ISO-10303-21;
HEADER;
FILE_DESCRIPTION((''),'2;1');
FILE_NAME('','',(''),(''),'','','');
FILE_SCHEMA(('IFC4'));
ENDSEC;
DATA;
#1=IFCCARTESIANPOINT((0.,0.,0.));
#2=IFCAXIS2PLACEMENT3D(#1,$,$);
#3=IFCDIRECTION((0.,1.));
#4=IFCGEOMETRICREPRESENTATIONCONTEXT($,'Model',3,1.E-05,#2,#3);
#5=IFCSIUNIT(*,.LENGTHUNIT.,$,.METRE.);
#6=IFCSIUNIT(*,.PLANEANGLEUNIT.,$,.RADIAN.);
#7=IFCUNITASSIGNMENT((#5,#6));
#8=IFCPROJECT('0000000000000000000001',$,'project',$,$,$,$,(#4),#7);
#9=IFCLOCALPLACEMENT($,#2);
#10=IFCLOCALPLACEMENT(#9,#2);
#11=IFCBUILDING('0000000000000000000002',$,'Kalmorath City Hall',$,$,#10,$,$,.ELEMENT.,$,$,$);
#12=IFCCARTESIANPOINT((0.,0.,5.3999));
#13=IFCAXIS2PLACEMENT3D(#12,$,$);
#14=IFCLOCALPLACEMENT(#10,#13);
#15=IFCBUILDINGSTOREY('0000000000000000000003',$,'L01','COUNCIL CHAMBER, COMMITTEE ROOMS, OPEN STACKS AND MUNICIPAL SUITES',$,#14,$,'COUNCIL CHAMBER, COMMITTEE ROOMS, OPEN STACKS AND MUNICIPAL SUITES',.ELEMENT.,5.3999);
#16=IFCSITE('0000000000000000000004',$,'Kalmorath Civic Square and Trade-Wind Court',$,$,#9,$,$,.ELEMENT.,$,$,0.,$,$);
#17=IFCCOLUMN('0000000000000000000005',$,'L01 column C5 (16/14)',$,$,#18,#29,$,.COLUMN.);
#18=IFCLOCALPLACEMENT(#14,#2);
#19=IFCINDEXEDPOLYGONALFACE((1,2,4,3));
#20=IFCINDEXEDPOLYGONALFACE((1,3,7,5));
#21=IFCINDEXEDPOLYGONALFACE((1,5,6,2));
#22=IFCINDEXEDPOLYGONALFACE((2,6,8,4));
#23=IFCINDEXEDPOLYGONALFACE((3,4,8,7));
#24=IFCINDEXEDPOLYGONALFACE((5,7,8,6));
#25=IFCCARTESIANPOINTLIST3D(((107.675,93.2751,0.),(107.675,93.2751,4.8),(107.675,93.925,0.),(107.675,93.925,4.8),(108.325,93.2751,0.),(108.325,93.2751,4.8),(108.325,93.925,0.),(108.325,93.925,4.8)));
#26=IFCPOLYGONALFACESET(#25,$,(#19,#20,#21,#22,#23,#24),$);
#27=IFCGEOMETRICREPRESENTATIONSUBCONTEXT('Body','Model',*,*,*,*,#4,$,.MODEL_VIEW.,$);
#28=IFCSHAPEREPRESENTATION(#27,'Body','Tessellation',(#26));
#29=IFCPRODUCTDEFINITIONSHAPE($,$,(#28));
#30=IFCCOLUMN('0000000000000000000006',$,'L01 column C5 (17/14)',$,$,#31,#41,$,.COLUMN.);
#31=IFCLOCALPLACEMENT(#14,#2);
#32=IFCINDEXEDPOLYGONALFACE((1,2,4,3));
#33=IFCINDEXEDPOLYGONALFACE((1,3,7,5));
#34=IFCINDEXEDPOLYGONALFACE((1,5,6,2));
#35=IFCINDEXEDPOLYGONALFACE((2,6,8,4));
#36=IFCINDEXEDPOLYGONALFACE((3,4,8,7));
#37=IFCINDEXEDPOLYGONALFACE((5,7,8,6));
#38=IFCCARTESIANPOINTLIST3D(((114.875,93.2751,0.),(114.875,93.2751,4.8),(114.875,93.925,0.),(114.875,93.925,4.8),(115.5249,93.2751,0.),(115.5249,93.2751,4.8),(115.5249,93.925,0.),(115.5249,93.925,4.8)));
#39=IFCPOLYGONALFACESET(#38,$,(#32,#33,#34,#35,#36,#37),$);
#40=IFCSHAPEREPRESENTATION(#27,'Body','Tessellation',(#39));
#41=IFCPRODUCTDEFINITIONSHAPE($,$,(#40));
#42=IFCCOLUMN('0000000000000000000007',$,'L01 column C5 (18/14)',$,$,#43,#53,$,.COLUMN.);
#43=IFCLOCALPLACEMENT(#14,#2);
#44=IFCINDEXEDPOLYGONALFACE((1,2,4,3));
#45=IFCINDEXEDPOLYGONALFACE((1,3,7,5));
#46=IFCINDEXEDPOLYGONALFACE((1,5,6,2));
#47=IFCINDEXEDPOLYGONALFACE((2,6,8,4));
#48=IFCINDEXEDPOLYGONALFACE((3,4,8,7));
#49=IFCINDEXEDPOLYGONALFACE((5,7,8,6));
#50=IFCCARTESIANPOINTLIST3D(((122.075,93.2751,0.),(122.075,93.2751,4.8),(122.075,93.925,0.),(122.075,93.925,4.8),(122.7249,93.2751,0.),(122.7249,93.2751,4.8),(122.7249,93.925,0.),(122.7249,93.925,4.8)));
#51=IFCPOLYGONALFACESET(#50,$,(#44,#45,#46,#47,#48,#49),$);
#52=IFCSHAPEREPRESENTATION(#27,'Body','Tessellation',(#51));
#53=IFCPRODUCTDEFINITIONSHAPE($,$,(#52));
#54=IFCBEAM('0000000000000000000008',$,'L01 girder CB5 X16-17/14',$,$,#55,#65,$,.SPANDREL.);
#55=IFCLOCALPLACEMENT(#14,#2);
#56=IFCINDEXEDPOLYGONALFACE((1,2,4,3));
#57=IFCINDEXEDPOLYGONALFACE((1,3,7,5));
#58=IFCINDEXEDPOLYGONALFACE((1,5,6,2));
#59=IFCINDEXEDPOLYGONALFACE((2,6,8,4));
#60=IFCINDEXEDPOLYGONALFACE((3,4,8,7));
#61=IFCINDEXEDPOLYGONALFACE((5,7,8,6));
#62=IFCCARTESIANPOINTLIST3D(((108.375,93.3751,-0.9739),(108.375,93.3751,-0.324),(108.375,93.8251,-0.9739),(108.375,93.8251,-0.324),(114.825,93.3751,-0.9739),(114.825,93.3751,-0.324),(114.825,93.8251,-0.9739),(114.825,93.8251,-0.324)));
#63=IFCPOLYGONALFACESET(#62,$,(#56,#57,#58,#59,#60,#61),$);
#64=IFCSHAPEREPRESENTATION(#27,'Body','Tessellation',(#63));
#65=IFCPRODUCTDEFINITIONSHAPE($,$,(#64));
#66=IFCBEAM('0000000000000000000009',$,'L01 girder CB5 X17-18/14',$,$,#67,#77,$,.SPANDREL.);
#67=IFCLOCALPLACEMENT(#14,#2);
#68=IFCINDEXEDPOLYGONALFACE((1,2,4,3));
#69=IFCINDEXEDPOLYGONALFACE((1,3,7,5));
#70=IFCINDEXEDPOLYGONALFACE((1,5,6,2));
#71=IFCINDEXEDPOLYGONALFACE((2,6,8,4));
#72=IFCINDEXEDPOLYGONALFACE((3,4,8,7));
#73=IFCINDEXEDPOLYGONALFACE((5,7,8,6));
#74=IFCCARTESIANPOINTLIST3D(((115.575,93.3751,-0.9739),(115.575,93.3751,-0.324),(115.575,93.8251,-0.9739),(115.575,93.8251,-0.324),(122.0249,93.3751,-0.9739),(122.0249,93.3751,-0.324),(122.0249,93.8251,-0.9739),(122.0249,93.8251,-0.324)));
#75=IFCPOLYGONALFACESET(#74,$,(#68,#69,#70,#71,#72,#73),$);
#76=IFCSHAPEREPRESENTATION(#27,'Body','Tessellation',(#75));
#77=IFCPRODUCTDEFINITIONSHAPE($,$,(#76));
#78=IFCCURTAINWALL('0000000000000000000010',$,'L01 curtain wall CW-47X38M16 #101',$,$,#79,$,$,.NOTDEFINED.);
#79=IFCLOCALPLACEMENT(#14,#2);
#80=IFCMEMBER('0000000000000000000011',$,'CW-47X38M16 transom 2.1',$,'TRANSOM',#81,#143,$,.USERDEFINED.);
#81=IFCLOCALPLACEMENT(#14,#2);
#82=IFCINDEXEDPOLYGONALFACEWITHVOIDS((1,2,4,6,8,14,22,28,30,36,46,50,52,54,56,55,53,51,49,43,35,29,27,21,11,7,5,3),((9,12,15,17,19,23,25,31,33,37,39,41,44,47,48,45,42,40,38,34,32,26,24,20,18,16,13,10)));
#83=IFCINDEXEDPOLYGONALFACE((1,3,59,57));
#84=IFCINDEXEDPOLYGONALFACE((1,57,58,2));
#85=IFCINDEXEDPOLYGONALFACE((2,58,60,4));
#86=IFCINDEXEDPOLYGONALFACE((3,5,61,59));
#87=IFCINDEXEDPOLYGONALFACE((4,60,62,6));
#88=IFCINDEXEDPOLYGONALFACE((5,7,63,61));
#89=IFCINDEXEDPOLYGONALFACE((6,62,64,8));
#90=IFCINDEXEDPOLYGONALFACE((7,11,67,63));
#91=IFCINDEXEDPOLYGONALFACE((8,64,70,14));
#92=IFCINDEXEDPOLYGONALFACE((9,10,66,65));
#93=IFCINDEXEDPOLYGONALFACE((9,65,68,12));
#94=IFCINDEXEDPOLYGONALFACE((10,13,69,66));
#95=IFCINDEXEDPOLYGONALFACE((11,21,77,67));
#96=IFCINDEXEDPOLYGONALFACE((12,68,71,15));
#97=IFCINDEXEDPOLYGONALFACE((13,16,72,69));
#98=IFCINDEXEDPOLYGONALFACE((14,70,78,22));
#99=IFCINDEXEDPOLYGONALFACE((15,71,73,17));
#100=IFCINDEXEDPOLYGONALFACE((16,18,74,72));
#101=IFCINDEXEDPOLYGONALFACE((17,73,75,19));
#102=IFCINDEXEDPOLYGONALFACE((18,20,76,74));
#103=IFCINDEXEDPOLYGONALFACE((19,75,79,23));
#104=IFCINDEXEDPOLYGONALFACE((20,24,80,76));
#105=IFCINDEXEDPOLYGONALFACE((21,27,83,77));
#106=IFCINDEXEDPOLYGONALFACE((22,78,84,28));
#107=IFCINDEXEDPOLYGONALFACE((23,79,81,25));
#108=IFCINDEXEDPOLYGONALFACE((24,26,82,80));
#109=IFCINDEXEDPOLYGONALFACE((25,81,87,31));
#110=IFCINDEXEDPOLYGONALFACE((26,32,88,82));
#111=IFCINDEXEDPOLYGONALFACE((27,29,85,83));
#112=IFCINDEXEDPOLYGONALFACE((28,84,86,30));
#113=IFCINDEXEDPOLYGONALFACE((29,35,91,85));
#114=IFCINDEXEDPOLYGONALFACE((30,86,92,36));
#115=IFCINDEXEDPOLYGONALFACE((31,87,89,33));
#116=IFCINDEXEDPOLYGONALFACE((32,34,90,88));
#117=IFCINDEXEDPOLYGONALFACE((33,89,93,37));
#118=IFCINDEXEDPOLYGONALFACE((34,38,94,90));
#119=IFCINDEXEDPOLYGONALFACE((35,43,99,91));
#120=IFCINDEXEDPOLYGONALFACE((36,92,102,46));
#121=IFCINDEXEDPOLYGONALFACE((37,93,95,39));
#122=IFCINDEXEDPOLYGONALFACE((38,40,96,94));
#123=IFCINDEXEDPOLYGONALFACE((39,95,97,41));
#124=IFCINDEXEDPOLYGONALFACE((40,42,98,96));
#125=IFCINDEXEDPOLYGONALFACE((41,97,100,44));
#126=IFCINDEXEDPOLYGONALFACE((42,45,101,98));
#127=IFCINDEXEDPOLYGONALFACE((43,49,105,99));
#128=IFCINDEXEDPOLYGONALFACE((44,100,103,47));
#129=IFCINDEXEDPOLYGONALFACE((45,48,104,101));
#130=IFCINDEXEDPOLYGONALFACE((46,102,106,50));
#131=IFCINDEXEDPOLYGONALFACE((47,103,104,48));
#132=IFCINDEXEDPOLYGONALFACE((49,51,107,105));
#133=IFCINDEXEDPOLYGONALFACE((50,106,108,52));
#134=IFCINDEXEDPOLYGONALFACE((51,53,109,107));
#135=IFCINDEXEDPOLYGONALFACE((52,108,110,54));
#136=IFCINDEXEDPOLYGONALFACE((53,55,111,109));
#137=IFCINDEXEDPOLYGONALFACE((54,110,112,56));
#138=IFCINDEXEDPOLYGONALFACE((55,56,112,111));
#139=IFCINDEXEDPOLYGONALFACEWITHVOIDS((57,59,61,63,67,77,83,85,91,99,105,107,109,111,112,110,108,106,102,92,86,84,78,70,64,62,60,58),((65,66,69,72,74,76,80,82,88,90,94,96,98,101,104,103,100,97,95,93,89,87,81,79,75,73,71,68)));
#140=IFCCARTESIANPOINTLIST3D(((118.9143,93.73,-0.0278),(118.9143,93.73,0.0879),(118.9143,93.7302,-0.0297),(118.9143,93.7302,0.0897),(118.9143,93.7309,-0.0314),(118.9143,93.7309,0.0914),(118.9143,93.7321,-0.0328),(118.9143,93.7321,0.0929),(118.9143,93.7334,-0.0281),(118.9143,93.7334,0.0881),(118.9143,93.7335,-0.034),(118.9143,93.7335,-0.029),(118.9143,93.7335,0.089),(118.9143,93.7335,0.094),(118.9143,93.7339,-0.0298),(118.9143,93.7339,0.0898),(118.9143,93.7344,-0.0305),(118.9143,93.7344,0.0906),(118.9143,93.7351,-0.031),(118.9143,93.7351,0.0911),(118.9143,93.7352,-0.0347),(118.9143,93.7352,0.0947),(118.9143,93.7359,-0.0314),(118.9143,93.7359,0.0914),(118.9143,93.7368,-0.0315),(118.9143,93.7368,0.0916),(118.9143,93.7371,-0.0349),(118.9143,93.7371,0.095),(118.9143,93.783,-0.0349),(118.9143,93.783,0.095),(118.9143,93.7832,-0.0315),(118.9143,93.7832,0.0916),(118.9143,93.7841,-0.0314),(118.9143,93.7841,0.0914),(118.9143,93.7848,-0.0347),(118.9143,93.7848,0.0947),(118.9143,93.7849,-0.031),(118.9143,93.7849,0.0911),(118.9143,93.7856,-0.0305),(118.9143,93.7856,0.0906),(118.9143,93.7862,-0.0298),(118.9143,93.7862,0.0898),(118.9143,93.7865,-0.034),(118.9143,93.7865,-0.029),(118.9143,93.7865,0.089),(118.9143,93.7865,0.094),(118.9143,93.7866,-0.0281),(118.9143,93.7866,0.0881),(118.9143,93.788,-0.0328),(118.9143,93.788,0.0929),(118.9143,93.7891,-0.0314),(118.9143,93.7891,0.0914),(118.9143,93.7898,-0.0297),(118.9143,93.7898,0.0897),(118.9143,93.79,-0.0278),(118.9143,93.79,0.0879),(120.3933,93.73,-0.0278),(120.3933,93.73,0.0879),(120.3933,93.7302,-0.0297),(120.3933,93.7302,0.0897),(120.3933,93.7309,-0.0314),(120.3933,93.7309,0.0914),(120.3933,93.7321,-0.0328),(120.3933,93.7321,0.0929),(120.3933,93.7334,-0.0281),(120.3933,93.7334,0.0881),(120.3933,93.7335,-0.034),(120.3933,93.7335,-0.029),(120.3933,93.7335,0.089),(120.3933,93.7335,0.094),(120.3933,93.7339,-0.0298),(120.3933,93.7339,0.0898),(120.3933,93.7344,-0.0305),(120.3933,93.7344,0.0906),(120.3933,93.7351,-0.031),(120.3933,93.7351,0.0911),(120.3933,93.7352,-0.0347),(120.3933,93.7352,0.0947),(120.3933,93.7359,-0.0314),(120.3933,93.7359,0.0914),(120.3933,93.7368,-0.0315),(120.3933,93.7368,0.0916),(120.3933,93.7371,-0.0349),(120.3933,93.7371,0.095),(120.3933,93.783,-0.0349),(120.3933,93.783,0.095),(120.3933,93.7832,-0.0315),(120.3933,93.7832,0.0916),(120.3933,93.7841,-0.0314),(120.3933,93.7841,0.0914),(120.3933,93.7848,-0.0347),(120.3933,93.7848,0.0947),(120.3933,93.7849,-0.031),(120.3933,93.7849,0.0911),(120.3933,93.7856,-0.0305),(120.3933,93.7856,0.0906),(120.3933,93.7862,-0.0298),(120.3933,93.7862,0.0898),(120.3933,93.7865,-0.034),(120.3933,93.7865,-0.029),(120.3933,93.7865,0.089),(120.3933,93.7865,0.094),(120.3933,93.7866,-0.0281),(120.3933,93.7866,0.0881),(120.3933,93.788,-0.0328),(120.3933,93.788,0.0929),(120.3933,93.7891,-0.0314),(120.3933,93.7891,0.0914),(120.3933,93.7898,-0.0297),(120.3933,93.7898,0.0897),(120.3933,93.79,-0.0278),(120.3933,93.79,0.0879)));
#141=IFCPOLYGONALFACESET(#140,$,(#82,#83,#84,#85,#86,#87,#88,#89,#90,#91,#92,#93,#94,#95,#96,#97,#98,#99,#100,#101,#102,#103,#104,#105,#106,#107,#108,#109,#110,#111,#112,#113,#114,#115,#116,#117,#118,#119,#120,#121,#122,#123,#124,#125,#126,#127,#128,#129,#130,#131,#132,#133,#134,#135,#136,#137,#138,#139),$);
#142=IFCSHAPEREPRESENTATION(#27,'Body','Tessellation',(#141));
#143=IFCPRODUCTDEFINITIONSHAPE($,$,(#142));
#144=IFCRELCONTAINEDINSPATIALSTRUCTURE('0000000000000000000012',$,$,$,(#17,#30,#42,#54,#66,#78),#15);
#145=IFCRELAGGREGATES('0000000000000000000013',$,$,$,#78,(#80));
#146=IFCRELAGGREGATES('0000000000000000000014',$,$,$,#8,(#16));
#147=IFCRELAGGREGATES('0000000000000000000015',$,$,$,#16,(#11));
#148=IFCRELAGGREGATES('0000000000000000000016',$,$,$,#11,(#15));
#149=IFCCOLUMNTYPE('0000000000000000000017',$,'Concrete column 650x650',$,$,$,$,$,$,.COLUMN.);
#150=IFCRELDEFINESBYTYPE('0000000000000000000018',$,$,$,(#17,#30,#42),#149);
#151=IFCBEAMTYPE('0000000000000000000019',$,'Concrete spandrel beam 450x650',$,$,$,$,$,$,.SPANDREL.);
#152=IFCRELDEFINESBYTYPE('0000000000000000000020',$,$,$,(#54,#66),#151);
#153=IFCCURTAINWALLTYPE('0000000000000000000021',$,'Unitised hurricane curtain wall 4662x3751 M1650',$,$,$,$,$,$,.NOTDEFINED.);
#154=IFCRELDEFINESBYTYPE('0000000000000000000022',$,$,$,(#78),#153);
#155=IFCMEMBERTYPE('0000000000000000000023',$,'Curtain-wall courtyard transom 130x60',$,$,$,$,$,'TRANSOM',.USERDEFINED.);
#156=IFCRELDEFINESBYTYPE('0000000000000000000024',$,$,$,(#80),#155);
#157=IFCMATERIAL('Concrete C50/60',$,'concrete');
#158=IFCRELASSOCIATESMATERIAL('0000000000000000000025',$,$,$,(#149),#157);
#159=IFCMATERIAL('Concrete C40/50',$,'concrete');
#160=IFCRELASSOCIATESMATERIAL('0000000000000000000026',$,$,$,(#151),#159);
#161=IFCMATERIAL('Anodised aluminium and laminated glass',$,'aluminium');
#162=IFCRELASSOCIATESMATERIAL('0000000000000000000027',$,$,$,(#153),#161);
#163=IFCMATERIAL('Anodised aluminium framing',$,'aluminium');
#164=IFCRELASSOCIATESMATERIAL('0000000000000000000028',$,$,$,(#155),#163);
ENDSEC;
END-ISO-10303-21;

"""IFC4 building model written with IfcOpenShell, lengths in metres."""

from ifc_helpers import new_model, si_unit, direction, frame, origin, origin_2d, place, context, subcontext, project, spatial, rectangle, hollow_rectangle, extrude, material, material_profile, profile_set, type_object, element, aggregate, save


model = new_model("IFC4")

# Units and contexts
model_context = context("Model", 3, precision=1e-05, world=origin(), true_north=direction((0.0, 1.0)))
body_context = subcontext(model_context, "Body", "Model", "MODEL_VIEW")
ifc_project = project(units=[si_unit("LENGTHUNIT", "METRE"), si_unit("PLANEANGLEUNIT", "RADIAN")], contexts=[model_context])

# Site, building, storey
site_placement = place(None, origin())
site = spatial("IfcSite", under=ifc_project, at=site_placement, Name="Kalmorath Civic Square and Trade-Wind Court", CompositionType="ELEMENT", RefElevation=0.0)
building_placement = place(site_placement, origin())
building = spatial("IfcBuilding", under=site, at=building_placement, Name="Kalmorath City Hall", CompositionType="ELEMENT")
storey_placement = place(building_placement, frame((0.0, 0.0, 5.3999)))
storey = spatial("IfcBuildingStorey", under=building, at=storey_placement, Name="L01", Description="COUNCIL CHAMBER, COMMITTEE ROOMS, OPEN STACKS AND MUNICIPAL SUITES", LongName="COUNCIL CHAMBER, COMMITTEE ROOMS, OPEN STACKS AND MUNICIPAL SUITES", CompositionType="ELEMENT", Elevation=5.3999)

# Columns
ifc_material_1 = material(Name="Concrete C50/60", Category="concrete")
ifc_material_profile_1 = material_profile(ifc_material_1, rectangle(XDim=0.6499, YDim=0.6499, at=origin_2d()), Name="RC-COL-650X650")
ifc_profile_set_1 = profile_set([ifc_material_profile_1], Name="Concrete C50/60")
column_type = type_object("IfcColumnType", Name="Concrete column 650x650", PredefinedType="COLUMN", material=ifc_profile_set_1)
for number, where, z_axis, x_axis, name in (
    (1, (108.0, 93.6001, 0.0), (0.0, 0.0, 1.0), (1.0, 0.0, 0.0), "L01 column C5 (16/14)"),
    (2, (115.2, 93.6001, 0.0), (0.0, 0.0, 1.0), (1.0, 0.0, 0.0), "L01 column C5 (17/14)"),
    (3, (122.3999, 93.6001, 0.0), (0.0, 0.0, 1.0), (1.0, 0.0, 0.0), "L01 column C5 (18/14)"),
):
    element("IfcColumn", number, at=place(storey_placement, frame(where, z_axis=z_axis, x_axis=x_axis)), inside=storey, type_object=column_type, Name=name, PredefinedType="COLUMN", context=body_context, shape_type="SweptSolid", body=[
        extrude(rectangle(XDim=0.6499, YDim=0.6499, at=origin_2d()), origin(), (0.0, 0.0, 1.0), 4.8),
    ])

# Beams
ifc_material_2 = material(Name="Concrete C40/50", Category="concrete")
ifc_material_profile_2 = material_profile(ifc_material_2, rectangle(XDim=0.45, YDim=0.6499, at=origin_2d()), Name="RC-BM-450X650")
ifc_profile_set_2 = profile_set([ifc_material_profile_2], Name="Concrete C40/50")
beam_type = type_object("IfcBeamType", Name="Concrete spandrel beam 450x650", PredefinedType="SPANDREL", material=ifc_profile_set_2)
for number, where, z_axis, x_axis, name in (
    (4, (108.375, 93.6001, -0.6489), (1.0, 0.0, 0.0), (0.0, 1.0, 0.0), "L01 girder CB5 X16-17/14"),
    (5, (115.575, 93.6001, -0.6489), (1.0, 0.0, 0.0), (0.0, 1.0, 0.0), "L01 girder CB5 X17-18/14"),
):
    element("IfcBeam", number, at=place(storey_placement, frame(where, z_axis=z_axis, x_axis=x_axis)), inside=storey, type_object=beam_type, Name=name, PredefinedType="SPANDREL", context=body_context, shape_type="SweptSolid", body=[
        extrude(rectangle(XDim=0.45, YDim=0.6499, at=origin_2d()), origin(), (0.0, 0.0, 1.0), 6.45),
    ])

# Curtain wall, member
ifc_material_3 = material(Name="Anodised aluminium and laminated glass", Category="aluminium")
curtain_wall_type = type_object("IfcCurtainWallType", Name="Unitised hurricane curtain wall 4662x3751 M1650", PredefinedType="NOTDEFINED", material=ifc_material_3)
curtain_wall_placement = place(storey_placement, origin())
curtain_wall = element("IfcCurtainWall", 6, at=curtain_wall_placement, inside=storey, type_object=curtain_wall_type, Name="L01 curtain wall CW-47X38M16 #101", PredefinedType="NOTDEFINED")
ifc_material_4 = material(Name="Anodised aluminium framing", Category="aluminium")
ifc_material_profile_3 = material_profile(ifc_material_4, hollow_rectangle(XDim=0.0601, YDim=0.1299, WallThickness=0.0034, InnerFilletRadius=0.0034, OuterFilletRadius=0.0071, at=origin_2d()), Name="ALU-TRN-130X60X3.5")
ifc_profile_set_3 = profile_set([ifc_material_profile_3], Name="Anodised aluminium framing")
member_type_1 = type_object("IfcMemberType", Name="Curtain-wall courtyard transom 130x60", ElementType="TRANSOM", PredefinedType="USERDEFINED", material=ifc_profile_set_3)
member_1_placement = place(storey_placement, frame((120.3933, 93.76, 0.03), z_axis=(-1.0, 0.0, 0.0), x_axis=(0.0, -1.0, 0.0)))
member_1 = element("IfcMember", 7, at=member_1_placement, type_object=member_type_1, Name="CW-47X38M16 transom 2.1", ObjectType="TRANSOM", PredefinedType="USERDEFINED", context=body_context, shape_type="SweptSolid", body=[
    extrude(hollow_rectangle(XDim=0.0601, YDim=0.1299, WallThickness=0.0034, InnerFilletRadius=0.0034, OuterFilletRadius=0.0071, at=origin_2d()), origin(), (0.0, 0.0, 1.0), 1.479),
])
aggregate(curtain_wall, [member_1])

save(model, "model.ifc")
